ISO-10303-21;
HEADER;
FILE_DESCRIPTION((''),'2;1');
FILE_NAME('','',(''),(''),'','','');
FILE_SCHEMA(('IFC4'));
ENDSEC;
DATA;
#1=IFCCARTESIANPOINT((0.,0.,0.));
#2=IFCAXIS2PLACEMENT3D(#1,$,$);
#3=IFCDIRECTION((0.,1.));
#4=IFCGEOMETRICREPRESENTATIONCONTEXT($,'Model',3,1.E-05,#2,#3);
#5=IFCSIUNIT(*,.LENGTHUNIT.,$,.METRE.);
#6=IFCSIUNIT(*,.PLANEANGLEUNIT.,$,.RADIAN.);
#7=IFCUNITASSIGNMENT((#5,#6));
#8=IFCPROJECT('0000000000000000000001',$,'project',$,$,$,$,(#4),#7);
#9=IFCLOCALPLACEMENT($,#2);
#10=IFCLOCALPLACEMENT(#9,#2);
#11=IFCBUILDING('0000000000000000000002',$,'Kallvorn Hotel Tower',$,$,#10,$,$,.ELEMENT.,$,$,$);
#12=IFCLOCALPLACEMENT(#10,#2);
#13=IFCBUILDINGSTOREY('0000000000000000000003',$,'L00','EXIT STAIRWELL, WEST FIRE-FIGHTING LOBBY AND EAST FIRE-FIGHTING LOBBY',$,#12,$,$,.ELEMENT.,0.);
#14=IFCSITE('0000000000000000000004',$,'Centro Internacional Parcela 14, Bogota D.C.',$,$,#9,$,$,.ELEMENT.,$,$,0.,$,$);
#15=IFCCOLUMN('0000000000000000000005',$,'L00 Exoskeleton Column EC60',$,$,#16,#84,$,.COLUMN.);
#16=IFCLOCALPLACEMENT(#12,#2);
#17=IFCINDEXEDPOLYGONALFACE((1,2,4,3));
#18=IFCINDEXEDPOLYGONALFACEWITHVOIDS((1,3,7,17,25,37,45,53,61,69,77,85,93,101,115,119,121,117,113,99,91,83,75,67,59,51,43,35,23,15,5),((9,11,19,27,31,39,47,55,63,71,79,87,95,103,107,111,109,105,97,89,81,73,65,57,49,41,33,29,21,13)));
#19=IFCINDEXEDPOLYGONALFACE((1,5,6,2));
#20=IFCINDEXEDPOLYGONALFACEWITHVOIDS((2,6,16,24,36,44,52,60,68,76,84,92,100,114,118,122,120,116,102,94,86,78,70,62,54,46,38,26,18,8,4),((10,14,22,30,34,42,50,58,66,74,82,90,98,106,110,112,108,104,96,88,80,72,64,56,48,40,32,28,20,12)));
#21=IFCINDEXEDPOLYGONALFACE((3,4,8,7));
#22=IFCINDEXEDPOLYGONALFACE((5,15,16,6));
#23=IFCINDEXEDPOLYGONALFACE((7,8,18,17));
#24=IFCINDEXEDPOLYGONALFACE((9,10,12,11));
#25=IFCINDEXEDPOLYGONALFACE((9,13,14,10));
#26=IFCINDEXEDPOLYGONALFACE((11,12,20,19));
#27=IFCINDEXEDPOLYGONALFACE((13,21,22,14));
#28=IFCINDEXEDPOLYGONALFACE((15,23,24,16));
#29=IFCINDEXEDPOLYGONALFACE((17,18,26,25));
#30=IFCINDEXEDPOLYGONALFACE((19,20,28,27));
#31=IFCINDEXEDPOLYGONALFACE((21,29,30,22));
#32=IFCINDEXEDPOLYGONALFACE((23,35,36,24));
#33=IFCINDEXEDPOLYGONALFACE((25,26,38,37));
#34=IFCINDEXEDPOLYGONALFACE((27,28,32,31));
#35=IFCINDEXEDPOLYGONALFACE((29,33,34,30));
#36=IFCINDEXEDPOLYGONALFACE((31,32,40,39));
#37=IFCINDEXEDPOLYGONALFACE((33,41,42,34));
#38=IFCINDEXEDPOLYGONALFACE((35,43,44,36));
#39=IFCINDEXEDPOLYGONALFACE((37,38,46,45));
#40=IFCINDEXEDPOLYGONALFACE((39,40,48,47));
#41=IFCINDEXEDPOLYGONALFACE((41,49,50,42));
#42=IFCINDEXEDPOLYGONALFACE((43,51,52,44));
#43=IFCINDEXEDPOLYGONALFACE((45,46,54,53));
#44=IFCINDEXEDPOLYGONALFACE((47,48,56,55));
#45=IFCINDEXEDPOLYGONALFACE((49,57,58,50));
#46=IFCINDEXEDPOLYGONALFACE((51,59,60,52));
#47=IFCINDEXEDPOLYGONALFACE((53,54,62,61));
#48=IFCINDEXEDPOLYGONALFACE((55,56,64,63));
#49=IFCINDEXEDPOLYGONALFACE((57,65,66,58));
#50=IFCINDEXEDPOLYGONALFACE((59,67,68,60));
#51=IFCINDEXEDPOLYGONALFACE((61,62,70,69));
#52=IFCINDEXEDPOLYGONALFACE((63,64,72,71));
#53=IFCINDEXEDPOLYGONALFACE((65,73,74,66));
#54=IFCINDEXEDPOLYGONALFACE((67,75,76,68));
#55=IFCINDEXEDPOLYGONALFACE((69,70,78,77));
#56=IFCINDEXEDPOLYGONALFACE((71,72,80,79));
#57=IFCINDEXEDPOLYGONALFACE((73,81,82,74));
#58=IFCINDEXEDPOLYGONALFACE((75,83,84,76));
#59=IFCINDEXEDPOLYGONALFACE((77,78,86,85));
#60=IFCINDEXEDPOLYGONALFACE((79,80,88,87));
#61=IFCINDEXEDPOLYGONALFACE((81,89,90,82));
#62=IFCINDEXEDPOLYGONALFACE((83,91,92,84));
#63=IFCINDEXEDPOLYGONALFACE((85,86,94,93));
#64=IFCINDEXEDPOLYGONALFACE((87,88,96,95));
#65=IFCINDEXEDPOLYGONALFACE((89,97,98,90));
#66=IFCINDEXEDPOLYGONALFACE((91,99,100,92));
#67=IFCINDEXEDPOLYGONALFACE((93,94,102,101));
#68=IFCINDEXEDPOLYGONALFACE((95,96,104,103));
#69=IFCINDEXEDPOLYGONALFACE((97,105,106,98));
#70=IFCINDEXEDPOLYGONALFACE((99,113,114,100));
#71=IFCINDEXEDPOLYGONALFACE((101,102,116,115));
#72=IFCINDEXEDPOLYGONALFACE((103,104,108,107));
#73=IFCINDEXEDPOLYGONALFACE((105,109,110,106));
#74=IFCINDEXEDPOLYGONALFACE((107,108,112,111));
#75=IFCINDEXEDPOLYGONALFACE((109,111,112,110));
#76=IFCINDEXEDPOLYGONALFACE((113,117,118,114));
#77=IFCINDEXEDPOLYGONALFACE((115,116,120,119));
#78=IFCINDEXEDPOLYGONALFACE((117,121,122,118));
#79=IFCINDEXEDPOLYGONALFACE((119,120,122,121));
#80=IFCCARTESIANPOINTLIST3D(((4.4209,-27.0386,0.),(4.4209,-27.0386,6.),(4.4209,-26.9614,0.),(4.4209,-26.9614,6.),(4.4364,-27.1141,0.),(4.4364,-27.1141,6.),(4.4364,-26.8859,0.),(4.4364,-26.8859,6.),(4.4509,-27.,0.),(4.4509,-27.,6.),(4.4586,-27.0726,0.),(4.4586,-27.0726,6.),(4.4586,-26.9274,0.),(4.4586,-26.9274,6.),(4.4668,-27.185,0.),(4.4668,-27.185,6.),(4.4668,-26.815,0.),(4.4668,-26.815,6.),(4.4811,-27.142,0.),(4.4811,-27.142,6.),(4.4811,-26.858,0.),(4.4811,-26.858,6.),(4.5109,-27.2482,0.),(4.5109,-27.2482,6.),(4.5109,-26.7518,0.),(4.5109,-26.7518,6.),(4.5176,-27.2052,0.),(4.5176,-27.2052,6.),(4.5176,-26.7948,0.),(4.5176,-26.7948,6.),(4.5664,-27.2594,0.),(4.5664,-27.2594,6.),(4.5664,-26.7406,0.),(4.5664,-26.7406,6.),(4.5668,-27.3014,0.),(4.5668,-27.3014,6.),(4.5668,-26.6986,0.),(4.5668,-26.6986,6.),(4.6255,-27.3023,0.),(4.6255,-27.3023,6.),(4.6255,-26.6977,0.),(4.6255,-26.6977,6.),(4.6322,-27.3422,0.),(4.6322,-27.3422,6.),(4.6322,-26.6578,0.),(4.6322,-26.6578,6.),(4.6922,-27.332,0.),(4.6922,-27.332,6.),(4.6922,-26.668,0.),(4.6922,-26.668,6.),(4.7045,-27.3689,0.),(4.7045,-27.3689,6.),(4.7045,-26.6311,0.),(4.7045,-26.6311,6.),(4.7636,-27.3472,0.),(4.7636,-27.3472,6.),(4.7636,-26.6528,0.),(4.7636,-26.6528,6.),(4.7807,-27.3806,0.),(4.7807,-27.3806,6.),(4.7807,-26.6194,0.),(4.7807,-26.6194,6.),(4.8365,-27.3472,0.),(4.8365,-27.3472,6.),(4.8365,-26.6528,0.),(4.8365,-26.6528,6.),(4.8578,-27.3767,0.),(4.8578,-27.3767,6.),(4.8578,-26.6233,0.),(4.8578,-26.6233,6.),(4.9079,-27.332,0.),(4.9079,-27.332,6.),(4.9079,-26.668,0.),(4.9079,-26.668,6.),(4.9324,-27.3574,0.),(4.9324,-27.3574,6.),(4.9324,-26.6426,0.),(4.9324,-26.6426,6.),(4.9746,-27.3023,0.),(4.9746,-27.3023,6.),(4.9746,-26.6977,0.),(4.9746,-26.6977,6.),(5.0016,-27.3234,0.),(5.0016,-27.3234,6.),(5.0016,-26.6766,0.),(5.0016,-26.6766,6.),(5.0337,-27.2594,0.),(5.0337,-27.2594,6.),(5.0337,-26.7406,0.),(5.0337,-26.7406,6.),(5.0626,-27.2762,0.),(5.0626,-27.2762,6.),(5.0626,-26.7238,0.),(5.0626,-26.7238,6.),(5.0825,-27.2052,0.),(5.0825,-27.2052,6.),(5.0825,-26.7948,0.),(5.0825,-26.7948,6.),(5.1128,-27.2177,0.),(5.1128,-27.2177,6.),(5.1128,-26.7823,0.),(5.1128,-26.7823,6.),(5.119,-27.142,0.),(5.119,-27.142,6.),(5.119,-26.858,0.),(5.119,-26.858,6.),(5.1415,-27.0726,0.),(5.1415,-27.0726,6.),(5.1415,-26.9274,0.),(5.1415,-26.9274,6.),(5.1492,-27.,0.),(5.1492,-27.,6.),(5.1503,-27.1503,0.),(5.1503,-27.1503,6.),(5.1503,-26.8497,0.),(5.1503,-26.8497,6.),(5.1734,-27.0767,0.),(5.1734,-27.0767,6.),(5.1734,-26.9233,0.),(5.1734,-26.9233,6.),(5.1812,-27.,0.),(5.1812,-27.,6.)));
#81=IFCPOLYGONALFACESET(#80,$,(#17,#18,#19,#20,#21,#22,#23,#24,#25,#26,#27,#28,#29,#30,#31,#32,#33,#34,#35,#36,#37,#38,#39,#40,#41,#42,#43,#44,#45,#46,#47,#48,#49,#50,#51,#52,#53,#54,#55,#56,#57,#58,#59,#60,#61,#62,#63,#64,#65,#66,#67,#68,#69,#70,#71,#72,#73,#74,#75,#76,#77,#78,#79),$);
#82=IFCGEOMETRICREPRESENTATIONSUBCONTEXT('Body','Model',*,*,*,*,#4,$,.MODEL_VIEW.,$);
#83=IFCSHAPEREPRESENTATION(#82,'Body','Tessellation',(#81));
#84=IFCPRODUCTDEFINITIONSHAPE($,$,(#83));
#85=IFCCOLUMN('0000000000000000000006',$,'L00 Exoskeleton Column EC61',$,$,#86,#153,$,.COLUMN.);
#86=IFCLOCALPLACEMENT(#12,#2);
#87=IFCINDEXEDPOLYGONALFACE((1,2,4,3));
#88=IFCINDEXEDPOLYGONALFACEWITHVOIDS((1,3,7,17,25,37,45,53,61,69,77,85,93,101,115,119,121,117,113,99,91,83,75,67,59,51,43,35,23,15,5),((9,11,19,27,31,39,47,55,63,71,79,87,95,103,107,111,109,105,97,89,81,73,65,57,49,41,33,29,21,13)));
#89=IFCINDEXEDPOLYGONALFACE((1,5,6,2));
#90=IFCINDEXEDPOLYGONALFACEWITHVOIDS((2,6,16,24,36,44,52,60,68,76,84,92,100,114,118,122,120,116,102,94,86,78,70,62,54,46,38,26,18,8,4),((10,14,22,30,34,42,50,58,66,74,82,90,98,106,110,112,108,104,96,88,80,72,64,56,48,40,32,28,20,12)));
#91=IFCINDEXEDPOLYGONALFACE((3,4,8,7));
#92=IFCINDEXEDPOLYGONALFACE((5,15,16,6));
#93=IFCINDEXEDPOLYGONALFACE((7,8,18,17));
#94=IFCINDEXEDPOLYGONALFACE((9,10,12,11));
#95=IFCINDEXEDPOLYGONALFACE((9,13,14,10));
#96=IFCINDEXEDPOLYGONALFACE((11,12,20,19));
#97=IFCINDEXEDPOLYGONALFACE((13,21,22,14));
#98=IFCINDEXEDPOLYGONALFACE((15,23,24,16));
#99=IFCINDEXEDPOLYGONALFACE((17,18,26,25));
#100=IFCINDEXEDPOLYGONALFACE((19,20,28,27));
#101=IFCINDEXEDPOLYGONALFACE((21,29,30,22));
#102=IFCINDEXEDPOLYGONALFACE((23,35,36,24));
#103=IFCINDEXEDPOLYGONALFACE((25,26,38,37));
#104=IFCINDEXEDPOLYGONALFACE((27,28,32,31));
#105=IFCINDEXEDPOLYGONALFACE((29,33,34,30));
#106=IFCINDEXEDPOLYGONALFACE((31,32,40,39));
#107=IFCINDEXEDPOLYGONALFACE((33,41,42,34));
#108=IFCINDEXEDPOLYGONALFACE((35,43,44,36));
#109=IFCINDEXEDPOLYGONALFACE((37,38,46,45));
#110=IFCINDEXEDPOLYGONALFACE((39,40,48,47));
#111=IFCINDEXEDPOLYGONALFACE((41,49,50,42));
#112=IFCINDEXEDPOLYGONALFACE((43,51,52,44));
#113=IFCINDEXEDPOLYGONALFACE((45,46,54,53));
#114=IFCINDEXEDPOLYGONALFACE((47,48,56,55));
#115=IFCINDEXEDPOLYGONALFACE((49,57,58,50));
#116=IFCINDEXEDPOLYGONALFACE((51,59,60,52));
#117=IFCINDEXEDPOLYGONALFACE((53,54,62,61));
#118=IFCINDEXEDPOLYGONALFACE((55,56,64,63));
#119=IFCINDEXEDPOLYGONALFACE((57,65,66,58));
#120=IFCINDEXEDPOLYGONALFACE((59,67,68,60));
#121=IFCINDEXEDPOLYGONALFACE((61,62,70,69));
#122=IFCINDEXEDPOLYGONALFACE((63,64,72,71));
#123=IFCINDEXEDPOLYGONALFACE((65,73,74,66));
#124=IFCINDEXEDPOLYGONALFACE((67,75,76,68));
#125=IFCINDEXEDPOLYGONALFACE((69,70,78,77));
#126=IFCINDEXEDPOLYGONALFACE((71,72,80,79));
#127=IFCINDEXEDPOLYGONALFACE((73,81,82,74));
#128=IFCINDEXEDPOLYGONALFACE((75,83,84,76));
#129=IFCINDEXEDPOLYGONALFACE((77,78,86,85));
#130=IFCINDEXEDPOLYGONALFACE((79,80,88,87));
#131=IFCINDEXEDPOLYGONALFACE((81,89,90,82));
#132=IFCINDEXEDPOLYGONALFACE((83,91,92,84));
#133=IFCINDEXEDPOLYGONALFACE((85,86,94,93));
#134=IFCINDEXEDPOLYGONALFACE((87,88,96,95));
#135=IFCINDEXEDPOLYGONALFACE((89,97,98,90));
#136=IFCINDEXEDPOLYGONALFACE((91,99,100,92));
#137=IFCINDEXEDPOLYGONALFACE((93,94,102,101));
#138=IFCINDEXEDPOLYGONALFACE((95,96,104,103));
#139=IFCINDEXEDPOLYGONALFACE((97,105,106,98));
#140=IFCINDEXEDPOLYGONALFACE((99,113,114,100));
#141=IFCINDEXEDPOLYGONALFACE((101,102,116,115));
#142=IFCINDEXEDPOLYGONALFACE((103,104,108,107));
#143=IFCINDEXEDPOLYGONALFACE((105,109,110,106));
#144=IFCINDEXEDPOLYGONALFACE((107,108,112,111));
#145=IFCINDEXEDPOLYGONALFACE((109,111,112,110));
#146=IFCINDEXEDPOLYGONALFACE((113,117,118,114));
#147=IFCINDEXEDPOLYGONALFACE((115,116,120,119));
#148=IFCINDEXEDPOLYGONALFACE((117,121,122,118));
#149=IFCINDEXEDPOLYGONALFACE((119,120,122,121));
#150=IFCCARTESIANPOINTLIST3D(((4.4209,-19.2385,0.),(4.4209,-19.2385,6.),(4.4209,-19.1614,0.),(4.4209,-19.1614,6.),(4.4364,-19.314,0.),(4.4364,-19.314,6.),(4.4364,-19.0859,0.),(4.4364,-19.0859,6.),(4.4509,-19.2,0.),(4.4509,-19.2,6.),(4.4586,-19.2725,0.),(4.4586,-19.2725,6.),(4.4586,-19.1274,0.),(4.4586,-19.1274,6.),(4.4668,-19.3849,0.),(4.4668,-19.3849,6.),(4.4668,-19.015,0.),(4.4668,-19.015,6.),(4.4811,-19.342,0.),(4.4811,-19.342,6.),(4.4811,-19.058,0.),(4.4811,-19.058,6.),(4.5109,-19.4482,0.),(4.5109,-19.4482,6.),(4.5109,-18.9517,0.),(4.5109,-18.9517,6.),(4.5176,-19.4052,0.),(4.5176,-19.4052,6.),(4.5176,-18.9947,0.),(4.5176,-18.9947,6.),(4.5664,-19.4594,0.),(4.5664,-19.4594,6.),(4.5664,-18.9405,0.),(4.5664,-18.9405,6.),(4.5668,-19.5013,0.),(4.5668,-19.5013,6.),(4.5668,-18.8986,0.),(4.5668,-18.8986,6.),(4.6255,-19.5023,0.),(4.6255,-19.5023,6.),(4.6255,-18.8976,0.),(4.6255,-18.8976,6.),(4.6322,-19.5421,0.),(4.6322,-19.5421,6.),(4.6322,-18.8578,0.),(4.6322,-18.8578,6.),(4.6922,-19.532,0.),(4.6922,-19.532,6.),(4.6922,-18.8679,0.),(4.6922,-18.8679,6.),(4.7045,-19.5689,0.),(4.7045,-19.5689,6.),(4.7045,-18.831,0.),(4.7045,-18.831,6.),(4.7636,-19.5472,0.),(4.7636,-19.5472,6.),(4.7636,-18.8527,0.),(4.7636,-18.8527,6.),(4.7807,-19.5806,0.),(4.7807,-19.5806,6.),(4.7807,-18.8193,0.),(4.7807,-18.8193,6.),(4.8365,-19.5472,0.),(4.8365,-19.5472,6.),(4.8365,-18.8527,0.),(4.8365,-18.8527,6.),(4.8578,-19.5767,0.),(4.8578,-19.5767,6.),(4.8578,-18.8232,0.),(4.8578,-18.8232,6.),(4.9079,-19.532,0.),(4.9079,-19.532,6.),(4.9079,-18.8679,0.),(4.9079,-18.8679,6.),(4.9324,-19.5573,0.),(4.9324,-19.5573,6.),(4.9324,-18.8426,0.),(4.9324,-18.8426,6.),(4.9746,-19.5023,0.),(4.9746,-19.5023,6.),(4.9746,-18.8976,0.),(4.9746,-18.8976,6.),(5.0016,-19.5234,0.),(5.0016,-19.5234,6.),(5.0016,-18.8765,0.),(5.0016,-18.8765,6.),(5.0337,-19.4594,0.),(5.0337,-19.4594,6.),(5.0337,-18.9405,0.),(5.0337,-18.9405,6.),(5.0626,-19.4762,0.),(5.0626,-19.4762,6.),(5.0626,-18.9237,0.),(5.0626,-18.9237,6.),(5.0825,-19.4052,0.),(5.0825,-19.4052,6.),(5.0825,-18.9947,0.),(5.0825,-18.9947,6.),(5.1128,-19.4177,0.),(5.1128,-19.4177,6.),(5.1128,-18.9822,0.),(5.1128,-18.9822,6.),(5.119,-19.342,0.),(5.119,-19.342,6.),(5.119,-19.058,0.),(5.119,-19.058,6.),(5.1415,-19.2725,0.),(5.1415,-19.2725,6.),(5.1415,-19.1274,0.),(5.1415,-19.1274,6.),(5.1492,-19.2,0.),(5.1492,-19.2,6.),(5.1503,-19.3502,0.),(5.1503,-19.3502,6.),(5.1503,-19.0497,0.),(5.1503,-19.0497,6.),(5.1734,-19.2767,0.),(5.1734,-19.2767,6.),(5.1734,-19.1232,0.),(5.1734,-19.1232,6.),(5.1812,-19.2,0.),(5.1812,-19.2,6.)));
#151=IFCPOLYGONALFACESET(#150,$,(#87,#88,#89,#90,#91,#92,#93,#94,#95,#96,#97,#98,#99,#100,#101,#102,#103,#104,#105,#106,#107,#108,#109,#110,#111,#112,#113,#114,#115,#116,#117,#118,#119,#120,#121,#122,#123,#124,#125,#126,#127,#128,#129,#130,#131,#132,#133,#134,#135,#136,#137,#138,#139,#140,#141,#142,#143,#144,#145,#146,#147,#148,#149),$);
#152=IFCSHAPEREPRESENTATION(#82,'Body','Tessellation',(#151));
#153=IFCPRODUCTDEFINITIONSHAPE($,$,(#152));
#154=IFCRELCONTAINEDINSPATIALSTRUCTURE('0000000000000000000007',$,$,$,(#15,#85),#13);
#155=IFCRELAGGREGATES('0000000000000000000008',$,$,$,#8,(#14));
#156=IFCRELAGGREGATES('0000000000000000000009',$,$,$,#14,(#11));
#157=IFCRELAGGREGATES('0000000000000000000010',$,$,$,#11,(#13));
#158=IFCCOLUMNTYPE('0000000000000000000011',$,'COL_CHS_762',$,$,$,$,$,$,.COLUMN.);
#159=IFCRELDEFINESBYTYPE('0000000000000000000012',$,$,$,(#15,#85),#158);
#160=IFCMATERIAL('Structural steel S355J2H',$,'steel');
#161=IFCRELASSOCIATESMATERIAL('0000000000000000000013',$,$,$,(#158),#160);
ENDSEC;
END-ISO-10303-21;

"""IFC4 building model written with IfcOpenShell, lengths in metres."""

from ifc_helpers import new_model, si_unit, direction, frame, origin, origin_2d, place, context, subcontext, project, spatial, hollow_circle, extrude, material, material_profile, profile_set, type_object, element, save


model = new_model("IFC4")

# Units and contexts
model_context = context("Model", 3, precision=1e-05, world=origin(), true_north=direction((0.0, 1.0)))
body_context = subcontext(model_context, "Body", "Model", "MODEL_VIEW")
ifc_project = project(units=[si_unit("LENGTHUNIT", "METRE"), si_unit("PLANEANGLEUNIT", "RADIAN")], contexts=[model_context])

# Site, building, storey
site_placement = place(None, origin())
site = spatial("IfcSite", under=ifc_project, at=site_placement, Name="Centro Internacional Parcela 14, Bogota D.C.", CompositionType="ELEMENT", RefElevation=0.0)
building_placement = place(site_placement, origin())
building = spatial("IfcBuilding", under=site, at=building_placement, Name="Kallvorn Hotel Tower", CompositionType="ELEMENT")
storey_placement = place(building_placement, origin())
storey = spatial("IfcBuildingStorey", under=building, at=storey_placement, Name="L00", Description="EXIT STAIRWELL, WEST FIRE-FIGHTING LOBBY AND EAST FIRE-FIGHTING LOBBY", CompositionType="ELEMENT", Elevation=0.0)

# Columns
ifc_material_1 = material(Name="Structural steel S355J2H", Category="steel")
ifc_material_profile_1 = material_profile(ifc_material_1, hollow_circle(Radius=0.3811, WallThickness=0.032, at=origin_2d()), Name="CHS 762x32")
ifc_profile_set_1 = profile_set([ifc_material_profile_1], Name="Structural steel S355J2H")
column_type_1 = type_object("IfcColumnType", Name="COL_CHS_762", PredefinedType="COLUMN", material=ifc_profile_set_1)
for number, where, z_axis, x_axis, name in (
    (1, (4.8, -27.0, 0.0), (0.0, 0.0, 1.0), (1.0, 0.0, 0.0), "L00 Exoskeleton Column EC60"),
    (2, (4.8, -19.2, 0.0), (0.0, 0.0, 1.0), (1.0, 0.0, 0.0), "L00 Exoskeleton Column EC61"),
):
    element("IfcColumn", number, at=place(storey_placement, frame(where, z_axis=z_axis, x_axis=x_axis)), inside=storey, type_object=column_type_1, Name=name, PredefinedType="COLUMN", context=body_context, shape_type="SweptSolid", body=[
        extrude(hollow_circle(Radius=0.3811, WallThickness=0.032, at=origin_2d()), origin(), (0.0, 0.0, 1.0), 6.0),
    ])

save(model, "model.ifc")
